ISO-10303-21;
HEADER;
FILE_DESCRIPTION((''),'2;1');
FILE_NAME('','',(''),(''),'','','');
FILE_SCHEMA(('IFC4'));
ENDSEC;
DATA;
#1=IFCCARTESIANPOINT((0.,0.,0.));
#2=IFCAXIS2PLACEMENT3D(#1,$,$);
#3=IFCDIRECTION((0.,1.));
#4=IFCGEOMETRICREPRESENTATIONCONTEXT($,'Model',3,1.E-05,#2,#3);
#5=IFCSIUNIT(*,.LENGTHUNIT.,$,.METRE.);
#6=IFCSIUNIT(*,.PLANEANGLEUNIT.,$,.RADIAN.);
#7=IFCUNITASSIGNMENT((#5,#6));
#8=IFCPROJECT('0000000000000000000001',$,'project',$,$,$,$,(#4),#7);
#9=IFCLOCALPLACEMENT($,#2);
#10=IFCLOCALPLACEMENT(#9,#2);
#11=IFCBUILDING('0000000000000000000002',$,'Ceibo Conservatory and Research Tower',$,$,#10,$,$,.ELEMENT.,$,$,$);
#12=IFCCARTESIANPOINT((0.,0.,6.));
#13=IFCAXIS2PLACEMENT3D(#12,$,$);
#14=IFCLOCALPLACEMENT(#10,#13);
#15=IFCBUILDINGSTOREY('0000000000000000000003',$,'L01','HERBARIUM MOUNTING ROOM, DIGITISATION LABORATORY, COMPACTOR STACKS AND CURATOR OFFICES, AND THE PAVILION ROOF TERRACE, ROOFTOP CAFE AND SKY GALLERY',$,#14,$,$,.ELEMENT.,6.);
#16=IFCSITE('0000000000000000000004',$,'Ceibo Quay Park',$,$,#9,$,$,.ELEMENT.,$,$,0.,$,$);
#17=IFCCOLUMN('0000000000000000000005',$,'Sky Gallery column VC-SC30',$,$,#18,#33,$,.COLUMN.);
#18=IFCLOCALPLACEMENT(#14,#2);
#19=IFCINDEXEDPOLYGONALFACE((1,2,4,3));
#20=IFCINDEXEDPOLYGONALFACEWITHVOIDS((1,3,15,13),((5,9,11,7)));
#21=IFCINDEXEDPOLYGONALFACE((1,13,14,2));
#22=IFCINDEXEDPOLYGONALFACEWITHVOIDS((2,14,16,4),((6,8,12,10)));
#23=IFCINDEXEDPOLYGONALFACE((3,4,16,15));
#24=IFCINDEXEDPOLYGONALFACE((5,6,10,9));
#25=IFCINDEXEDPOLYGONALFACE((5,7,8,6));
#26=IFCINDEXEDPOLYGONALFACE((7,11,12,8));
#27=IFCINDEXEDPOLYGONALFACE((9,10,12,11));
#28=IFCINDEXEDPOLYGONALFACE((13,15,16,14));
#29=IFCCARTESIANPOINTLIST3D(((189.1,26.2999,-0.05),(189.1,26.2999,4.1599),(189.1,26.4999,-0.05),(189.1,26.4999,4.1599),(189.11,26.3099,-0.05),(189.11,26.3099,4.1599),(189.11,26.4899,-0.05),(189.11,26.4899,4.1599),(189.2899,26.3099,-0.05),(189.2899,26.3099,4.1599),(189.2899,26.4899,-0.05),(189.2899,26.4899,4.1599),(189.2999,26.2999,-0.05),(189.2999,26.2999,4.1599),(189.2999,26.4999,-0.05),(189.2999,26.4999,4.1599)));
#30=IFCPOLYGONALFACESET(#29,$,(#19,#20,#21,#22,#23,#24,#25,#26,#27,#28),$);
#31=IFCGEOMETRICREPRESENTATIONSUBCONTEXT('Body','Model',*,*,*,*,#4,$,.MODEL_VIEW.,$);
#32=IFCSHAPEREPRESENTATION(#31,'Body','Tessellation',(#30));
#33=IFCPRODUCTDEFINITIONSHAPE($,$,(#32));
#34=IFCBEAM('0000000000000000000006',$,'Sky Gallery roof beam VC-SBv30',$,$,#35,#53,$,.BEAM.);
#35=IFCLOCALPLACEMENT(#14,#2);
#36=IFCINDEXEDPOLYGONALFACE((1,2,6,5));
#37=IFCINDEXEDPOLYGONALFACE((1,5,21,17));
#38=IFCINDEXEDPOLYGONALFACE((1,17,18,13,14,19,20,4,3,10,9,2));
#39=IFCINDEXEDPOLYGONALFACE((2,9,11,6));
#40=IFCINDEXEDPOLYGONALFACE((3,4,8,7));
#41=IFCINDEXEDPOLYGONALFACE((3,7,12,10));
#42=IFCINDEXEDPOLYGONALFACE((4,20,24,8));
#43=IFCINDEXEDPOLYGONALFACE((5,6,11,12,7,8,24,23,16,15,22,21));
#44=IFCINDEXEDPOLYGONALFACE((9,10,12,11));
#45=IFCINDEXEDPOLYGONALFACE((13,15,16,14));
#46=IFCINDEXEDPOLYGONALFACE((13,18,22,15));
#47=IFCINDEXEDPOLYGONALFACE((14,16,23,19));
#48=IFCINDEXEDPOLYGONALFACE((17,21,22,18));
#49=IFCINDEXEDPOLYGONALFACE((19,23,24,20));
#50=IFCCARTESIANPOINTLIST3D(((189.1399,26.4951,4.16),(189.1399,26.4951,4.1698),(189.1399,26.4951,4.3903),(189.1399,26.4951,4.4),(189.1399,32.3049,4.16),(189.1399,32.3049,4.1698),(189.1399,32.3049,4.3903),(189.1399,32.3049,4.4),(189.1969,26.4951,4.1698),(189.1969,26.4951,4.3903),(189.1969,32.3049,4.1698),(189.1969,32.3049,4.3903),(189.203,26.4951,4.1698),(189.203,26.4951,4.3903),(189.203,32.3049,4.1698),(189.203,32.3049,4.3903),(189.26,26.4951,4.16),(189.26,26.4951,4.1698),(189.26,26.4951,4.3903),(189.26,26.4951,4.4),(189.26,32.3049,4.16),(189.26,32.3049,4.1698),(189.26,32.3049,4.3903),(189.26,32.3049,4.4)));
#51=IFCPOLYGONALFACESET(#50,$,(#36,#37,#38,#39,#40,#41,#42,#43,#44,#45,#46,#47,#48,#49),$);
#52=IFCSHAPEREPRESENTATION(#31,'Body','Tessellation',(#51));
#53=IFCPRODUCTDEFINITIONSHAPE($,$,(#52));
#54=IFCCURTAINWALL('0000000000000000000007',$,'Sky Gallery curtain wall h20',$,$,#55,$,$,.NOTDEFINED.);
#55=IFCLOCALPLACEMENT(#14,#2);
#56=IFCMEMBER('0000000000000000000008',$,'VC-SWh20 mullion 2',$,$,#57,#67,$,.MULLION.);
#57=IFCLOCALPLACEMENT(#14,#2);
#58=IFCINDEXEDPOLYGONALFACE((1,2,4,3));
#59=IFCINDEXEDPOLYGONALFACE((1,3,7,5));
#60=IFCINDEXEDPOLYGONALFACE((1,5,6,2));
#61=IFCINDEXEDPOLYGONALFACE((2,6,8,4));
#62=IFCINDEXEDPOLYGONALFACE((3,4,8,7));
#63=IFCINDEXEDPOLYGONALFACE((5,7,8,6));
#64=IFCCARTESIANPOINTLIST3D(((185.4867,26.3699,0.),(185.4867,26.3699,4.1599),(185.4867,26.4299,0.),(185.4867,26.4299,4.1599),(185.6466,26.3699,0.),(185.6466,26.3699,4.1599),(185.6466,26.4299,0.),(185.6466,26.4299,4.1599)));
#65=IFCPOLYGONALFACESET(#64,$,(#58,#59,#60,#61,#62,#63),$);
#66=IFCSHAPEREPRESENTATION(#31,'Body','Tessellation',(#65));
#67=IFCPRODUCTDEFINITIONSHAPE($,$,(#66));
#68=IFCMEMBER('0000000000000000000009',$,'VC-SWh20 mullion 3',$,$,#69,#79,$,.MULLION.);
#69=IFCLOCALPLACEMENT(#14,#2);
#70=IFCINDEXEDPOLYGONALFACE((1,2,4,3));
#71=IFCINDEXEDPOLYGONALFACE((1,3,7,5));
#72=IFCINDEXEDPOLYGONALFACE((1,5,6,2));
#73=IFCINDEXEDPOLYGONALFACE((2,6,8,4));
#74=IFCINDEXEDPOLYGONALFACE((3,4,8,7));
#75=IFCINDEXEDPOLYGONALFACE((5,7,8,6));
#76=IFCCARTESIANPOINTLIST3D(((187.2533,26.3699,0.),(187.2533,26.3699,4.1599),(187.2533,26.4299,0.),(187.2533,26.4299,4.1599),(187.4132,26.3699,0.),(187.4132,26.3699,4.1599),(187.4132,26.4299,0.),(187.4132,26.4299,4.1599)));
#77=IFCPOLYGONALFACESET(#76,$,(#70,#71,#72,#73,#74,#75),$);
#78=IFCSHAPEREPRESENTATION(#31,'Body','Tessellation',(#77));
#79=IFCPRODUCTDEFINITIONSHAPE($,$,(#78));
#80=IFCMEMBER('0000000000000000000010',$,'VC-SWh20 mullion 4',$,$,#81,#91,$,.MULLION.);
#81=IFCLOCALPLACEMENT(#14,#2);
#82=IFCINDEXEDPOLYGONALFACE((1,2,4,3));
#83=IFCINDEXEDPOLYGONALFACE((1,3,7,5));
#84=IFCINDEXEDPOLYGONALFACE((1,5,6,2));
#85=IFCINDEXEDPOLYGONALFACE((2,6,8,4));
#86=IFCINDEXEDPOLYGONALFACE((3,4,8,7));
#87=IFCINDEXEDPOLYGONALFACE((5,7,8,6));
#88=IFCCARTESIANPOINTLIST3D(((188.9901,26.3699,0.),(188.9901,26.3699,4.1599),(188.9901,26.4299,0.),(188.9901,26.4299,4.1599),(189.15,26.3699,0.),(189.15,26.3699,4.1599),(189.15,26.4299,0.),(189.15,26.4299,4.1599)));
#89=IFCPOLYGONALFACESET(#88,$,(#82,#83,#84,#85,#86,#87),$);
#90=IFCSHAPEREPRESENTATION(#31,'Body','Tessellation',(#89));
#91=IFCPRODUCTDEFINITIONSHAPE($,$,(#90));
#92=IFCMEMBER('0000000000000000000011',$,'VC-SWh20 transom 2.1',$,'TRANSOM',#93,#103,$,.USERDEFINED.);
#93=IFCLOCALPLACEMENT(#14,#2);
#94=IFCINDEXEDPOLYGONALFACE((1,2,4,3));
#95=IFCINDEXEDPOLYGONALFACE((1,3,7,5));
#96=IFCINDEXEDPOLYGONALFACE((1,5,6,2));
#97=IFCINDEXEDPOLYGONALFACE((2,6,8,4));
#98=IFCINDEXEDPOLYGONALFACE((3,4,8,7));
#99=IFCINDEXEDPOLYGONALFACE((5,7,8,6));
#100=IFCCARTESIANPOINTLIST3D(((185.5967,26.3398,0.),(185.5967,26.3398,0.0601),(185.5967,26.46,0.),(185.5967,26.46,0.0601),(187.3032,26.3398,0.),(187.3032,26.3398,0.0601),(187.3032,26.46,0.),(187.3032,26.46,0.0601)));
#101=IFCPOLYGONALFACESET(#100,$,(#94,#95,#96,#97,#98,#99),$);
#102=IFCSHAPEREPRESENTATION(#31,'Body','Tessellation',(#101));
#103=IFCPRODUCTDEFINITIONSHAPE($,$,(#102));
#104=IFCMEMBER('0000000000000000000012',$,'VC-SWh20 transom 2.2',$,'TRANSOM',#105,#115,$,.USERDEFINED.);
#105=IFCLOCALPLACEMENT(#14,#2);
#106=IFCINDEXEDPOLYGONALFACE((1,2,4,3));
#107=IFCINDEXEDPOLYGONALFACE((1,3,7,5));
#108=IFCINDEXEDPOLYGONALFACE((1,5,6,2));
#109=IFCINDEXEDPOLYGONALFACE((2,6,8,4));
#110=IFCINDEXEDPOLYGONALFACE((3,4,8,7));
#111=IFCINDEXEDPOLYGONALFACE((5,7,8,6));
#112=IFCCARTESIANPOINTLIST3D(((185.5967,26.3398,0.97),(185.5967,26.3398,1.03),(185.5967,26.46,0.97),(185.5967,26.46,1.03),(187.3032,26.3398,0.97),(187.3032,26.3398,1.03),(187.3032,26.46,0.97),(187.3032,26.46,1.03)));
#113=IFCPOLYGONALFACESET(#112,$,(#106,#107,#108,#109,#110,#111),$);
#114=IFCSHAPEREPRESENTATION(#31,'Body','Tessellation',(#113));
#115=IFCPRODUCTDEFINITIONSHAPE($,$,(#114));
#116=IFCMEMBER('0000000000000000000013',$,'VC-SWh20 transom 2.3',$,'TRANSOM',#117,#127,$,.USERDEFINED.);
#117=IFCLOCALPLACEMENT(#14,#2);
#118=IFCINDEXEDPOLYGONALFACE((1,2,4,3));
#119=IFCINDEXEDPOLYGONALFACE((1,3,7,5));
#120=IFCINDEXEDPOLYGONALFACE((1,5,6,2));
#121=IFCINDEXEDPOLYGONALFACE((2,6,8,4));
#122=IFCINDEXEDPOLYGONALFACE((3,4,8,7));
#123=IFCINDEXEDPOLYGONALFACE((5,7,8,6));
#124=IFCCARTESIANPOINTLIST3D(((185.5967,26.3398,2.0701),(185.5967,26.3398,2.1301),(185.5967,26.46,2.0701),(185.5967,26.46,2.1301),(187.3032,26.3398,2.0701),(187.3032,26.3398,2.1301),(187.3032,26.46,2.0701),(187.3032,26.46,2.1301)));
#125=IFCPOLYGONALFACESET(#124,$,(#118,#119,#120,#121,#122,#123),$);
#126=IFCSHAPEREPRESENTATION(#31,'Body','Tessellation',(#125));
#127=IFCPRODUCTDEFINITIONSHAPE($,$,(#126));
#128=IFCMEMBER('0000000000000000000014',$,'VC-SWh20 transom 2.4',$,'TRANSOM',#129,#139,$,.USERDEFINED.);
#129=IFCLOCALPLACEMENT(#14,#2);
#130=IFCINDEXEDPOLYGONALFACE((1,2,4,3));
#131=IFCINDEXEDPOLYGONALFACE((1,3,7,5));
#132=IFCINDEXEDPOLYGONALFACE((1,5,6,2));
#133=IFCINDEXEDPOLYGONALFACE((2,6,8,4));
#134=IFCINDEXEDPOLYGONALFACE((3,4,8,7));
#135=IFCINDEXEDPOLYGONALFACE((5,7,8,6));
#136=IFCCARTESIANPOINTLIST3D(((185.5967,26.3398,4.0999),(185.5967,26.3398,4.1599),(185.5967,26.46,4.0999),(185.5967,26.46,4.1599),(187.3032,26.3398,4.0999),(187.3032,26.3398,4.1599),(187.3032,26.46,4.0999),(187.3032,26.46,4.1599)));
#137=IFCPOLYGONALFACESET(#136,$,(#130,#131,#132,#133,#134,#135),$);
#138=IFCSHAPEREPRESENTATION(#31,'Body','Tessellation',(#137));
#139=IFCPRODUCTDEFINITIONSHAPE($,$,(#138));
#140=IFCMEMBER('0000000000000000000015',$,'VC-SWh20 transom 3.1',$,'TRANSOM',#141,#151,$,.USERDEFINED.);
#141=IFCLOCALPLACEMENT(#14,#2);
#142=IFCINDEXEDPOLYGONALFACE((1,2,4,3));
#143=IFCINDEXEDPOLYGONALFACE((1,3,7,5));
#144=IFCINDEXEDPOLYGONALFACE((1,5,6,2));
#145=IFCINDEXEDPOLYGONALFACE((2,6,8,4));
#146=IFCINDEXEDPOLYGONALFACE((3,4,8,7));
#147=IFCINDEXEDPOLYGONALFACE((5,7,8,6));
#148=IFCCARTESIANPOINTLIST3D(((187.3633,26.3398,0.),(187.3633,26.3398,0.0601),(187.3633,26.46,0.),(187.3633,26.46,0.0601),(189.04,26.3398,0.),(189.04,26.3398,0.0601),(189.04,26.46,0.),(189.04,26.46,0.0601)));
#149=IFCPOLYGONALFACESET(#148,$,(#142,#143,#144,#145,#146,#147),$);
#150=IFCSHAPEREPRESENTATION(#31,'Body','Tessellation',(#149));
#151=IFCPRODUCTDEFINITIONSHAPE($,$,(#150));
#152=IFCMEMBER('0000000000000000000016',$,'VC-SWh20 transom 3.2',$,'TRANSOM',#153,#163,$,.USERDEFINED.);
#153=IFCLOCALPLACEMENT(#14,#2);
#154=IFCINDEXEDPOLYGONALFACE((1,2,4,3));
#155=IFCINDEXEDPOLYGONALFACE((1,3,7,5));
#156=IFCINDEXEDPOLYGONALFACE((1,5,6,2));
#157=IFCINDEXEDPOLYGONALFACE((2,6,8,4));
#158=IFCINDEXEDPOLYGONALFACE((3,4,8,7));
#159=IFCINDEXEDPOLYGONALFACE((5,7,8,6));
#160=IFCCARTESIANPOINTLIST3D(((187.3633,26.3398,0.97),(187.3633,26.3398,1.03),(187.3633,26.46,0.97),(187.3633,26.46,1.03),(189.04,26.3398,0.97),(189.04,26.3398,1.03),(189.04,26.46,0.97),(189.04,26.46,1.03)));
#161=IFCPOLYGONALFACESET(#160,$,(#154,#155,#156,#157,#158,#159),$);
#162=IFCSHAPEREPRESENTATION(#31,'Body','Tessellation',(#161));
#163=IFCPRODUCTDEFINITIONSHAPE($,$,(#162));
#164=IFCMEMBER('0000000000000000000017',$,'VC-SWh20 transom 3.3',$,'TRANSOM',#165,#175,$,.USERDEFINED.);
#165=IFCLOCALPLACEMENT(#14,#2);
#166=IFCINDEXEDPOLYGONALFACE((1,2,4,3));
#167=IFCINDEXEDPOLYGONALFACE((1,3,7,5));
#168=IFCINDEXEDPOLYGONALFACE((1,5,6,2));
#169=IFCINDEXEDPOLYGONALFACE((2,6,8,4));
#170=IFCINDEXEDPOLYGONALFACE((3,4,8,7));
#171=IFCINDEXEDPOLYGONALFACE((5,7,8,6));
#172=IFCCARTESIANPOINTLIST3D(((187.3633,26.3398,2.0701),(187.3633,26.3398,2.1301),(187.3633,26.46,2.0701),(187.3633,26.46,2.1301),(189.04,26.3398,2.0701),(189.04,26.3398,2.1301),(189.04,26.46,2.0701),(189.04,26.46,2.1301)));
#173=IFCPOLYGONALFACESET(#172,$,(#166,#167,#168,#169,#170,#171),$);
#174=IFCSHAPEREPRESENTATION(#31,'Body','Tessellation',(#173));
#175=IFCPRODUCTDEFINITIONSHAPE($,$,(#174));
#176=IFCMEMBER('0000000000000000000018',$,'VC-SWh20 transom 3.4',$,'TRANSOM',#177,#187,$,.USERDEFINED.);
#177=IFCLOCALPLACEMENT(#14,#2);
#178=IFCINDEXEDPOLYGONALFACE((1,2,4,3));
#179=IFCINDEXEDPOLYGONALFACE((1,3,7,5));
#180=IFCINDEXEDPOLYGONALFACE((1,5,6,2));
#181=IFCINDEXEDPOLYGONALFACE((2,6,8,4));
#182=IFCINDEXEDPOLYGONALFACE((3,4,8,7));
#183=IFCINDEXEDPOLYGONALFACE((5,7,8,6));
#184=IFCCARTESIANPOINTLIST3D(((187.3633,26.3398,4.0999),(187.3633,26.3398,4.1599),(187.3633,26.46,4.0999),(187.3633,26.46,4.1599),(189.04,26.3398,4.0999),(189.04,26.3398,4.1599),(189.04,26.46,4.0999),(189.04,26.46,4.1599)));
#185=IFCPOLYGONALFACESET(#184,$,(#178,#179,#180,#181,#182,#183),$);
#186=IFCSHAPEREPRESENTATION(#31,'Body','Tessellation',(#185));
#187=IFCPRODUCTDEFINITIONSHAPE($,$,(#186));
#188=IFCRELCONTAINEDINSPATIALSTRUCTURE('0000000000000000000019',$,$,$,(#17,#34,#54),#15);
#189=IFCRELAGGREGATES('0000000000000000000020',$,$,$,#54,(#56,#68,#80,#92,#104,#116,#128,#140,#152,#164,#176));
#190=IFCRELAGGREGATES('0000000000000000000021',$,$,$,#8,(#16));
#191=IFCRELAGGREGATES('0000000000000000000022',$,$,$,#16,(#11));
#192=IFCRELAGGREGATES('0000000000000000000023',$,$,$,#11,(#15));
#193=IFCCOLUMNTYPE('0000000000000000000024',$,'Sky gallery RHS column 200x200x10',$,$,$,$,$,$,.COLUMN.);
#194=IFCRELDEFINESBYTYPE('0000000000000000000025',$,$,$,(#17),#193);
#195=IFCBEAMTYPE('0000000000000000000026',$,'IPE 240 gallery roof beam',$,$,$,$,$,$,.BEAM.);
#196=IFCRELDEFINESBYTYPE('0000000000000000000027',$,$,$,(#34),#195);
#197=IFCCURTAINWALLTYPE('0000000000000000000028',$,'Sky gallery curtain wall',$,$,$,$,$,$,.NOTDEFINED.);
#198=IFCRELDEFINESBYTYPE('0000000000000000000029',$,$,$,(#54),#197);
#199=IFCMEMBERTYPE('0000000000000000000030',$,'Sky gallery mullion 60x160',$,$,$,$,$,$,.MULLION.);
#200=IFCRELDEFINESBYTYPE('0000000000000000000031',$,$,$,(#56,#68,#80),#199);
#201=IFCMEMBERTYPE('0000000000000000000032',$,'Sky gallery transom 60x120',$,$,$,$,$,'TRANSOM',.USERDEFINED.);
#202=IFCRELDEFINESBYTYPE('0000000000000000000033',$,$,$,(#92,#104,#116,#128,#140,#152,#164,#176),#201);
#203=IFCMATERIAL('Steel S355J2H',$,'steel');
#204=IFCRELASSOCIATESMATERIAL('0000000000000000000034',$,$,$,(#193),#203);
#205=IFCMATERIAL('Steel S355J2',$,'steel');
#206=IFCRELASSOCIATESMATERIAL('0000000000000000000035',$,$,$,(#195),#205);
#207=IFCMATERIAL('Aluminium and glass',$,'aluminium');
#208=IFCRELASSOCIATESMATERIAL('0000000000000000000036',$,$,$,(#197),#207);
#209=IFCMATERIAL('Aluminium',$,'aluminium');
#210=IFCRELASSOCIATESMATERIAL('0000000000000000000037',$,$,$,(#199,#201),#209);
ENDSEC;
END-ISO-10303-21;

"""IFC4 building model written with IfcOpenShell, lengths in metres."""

from ifc_helpers import new_model, si_unit, direction, frame, origin, origin_2d, place, context, subcontext, project, spatial, rectangle, hollow_rectangle, i_section, extrude, material, material_profile, profile_set, type_object, element, aggregate, save


model = new_model("IFC4")

# Units and contexts
model_context = context("Model", 3, precision=1e-05, world=origin(), true_north=direction((0.0, 1.0)))
body_context = subcontext(model_context, "Body", "Model", "MODEL_VIEW")
ifc_project = project(units=[si_unit("LENGTHUNIT", "METRE"), si_unit("PLANEANGLEUNIT", "RADIAN")], contexts=[model_context])

# Site, building, storey
site_placement = place(None, origin())
site = spatial("IfcSite", under=ifc_project, at=site_placement, Name="Ceibo Quay Park", CompositionType="ELEMENT", RefElevation=0.0)
building_placement = place(site_placement, origin())
building = spatial("IfcBuilding", under=site, at=building_placement, Name="Ceibo Conservatory and Research Tower", CompositionType="ELEMENT")
storey_placement = place(building_placement, frame((0.0, 0.0, 6.0)))
storey = spatial("IfcBuildingStorey", under=building, at=storey_placement, Name="L01", Description="HERBARIUM MOUNTING ROOM, DIGITISATION LABORATORY, COMPACTOR STACKS AND CURATOR OFFICES, AND THE PAVILION ROOF TERRACE, ROOFTOP CAFE AND SKY GALLERY", CompositionType="ELEMENT", Elevation=6.0)

# Column
ifc_material_1 = material(Name="Steel S355J2H", Category="steel")
ifc_material_profile_1 = material_profile(ifc_material_1, hollow_rectangle(XDim=0.2, YDim=0.2, WallThickness=0.01, at=origin_2d()), Name="Sky gallery RHS column 200x200x10")
ifc_profile_set_1 = profile_set([ifc_material_profile_1], Name="Steel S355J2H")
column_type = type_object("IfcColumnType", Name="Sky gallery RHS column 200x200x10", PredefinedType="COLUMN", material=ifc_profile_set_1)
column_placement = place(storey_placement, frame((189.2, 26.3999, -0.05), z_axis=(0.0, 0.0, 1.0), x_axis=(1.0, 0.0, 0.0)))
element("IfcColumn", 1, at=column_placement, inside=storey, type_object=column_type, Name="Sky Gallery column VC-SC30", PredefinedType="COLUMN", context=body_context, shape_type="SweptSolid", body=[
    extrude(hollow_rectangle(XDim=0.2, YDim=0.2, WallThickness=0.01, at=origin_2d()), origin(), (0.0, 0.0, 1.0), 4.21),
])

# Beam
ifc_material_2 = material(Name="Steel S355J2", Category="steel")
ifc_material_profile_2 = material_profile(ifc_material_2, i_section(OverallWidth=0.1201, OverallDepth=0.24, WebThickness=0.0061, FlangeThickness=0.0098, at=origin_2d()), Name="IPE 240")
ifc_profile_set_2 = profile_set([ifc_material_profile_2], Name="Steel S355J2")
beam_type = type_object("IfcBeamType", Name="IPE 240 gallery roof beam", PredefinedType="BEAM", material=ifc_profile_set_2)
beam_placement = place(storey_placement, frame((189.2, 26.4951, 4.28), z_axis=(0.0, 1.0, 0.0), x_axis=(-1.0, 0.0, 0.0)))
element("IfcBeam", 2, at=beam_placement, inside=storey, type_object=beam_type, Name="Sky Gallery roof beam VC-SBv30", PredefinedType="BEAM", context=body_context, shape_type="SweptSolid", body=[
    extrude(i_section(OverallWidth=0.1201, OverallDepth=0.24, WebThickness=0.0061, FlangeThickness=0.0098, at=origin_2d()), origin(), (0.0, 0.0, 1.0), 5.8098),
])

# Curtain wall, members
ifc_material_3 = material(Name="Aluminium and glass", Category="aluminium")
curtain_wall_type = type_object("IfcCurtainWallType", Name="Sky gallery curtain wall", PredefinedType="NOTDEFINED", material=ifc_material_3)
curtain_wall_placement = place(storey_placement, origin())
curtain_wall = element("IfcCurtainWall", 3, at=curtain_wall_placement, inside=storey, type_object=curtain_wall_type, Name="Sky Gallery curtain wall h20", PredefinedType="NOTDEFINED")
ifc_material_4 = material(Name="Aluminium", Category="aluminium")
ifc_material_profile_3 = material_profile(ifc_material_4, rectangle(XDim=0.0601, YDim=0.1599, at=origin_2d()), Name="AL 60x160")
ifc_profile_set_3 = profile_set([ifc_material_profile_3], Name="Aluminium")
member_type_1 = type_object("IfcMemberType", Name="Sky gallery mullion 60x160", PredefinedType="MULLION", material=ifc_profile_set_3)
member_1_placement = place(storey_placement, frame((185.5667, 26.3999, 0.0), z_axis=(0.0, 0.0, 1.0), x_axis=(0.0, 1.0, 0.0)))
member_1 = element("IfcMember", 4, at=member_1_placement, type_object=member_type_1, Name="VC-SWh20 mullion 2", PredefinedType="MULLION", context=body_context, shape_type="SweptSolid", body=[
    extrude(rectangle(XDim=0.0601, YDim=0.1599, at=origin_2d()), origin(), (0.0, 0.0, 1.0), 4.1599),
])
member_2_placement = place(storey_placement, frame((187.3333, 26.3999, 0.0), z_axis=(0.0, 0.0, 1.0), x_axis=(0.0, 1.0, 0.0)))
member_2 = element("IfcMember", 5, at=member_2_placement, type_object=member_type_1, Name="VC-SWh20 mullion 3", PredefinedType="MULLION", context=body_context, shape_type="SweptSolid", body=[
    extrude(rectangle(XDim=0.0601, YDim=0.1599, at=origin_2d()), origin(), (0.0, 0.0, 1.0), 4.1599),
])
member_3_placement = place(storey_placement, frame((189.0701, 26.3999, 0.0), z_axis=(0.0, 0.0, 1.0), x_axis=(0.0, 1.0, 0.0)))
member_3 = element("IfcMember", 6, at=member_3_placement, type_object=member_type_1, Name="VC-SWh20 mullion 4", PredefinedType="MULLION", context=body_context, shape_type="SweptSolid", body=[
    extrude(rectangle(XDim=0.0601, YDim=0.1599, at=origin_2d()), origin(), (0.0, 0.0, 1.0), 4.1599),
])
ifc_material_profile_4 = material_profile(ifc_material_4, rectangle(XDim=0.1201, YDim=0.0601, at=origin_2d()), Name="AL 60x120")
ifc_profile_set_4 = profile_set([ifc_material_profile_4], Name="Aluminium")
member_type_2 = type_object("IfcMemberType", Name="Sky gallery transom 60x120", ElementType="TRANSOM", PredefinedType="USERDEFINED", material=ifc_profile_set_4)
member_4_placement = place(storey_placement, frame((185.5967, 26.3999, 0.03), z_axis=(1.0, 0.0, 0.0), x_axis=(0.0, 1.0, 0.0)))
member_4 = element("IfcMember", 7, at=member_4_placement, type_object=member_type_2, Name="VC-SWh20 transom 2.1", ObjectType="TRANSOM", PredefinedType="USERDEFINED", context=body_context, shape_type="SweptSolid", body=[
    extrude(rectangle(XDim=0.1201, YDim=0.0601, at=origin_2d()), origin(), (0.0, 0.0, 1.0), 1.7065),
])
member_5_placement = place(storey_placement, frame((185.5967, 26.3999, 1.0), z_axis=(1.0, 0.0, 0.0), x_axis=(0.0, 1.0, 0.0)))
member_5 = element("IfcMember", 8, at=member_5_placement, type_object=member_type_2, Name="VC-SWh20 transom 2.2", ObjectType="TRANSOM", PredefinedType="USERDEFINED", context=body_context, shape_type="SweptSolid", body=[
    extrude(rectangle(XDim=0.1201, YDim=0.0601, at=origin_2d()), origin(), (0.0, 0.0, 1.0), 1.7065),
])
member_6_placement = place(storey_placement, frame((185.5967, 26.3999, 2.1001), z_axis=(1.0, 0.0, 0.0), x_axis=(0.0, 1.0, 0.0)))
member_6 = element("IfcMember", 9, at=member_6_placement, type_object=member_type_2, Name="VC-SWh20 transom 2.3", ObjectType="TRANSOM", PredefinedType="USERDEFINED", context=body_context, shape_type="SweptSolid", body=[
    extrude(rectangle(XDim=0.1201, YDim=0.0601, at=origin_2d()), origin(), (0.0, 0.0, 1.0), 1.7065),
])
member_7_placement = place(storey_placement, frame((185.5967, 26.3999, 4.1299), z_axis=(1.0, 0.0, 0.0), x_axis=(0.0, 1.0, 0.0)))
member_7 = element("IfcMember", 10, at=member_7_placement, type_object=member_type_2, Name="VC-SWh20 transom 2.4", ObjectType="TRANSOM", PredefinedType="USERDEFINED", context=body_context, shape_type="SweptSolid", body=[
    extrude(rectangle(XDim=0.1201, YDim=0.0601, at=origin_2d()), origin(), (0.0, 0.0, 1.0), 1.7065),
])
member_8_placement = place(storey_placement, frame((187.3633, 26.3999, 0.03), z_axis=(1.0, 0.0, 0.0), x_axis=(0.0, 1.0, 0.0)))
member_8 = element("IfcMember", 11, at=member_8_placement, type_object=member_type_2, Name="VC-SWh20 transom 3.1", ObjectType="TRANSOM", PredefinedType="USERDEFINED", context=body_context, shape_type="SweptSolid", body=[
    extrude(rectangle(XDim=0.1201, YDim=0.0601, at=origin_2d()), origin(), (0.0, 0.0, 1.0), 1.6768),
])
member_9_placement = place(storey_placement, frame((187.3633, 26.3999, 1.0), z_axis=(1.0, 0.0, 0.0), x_axis=(0.0, 1.0, 0.0)))
member_9 = element("IfcMember", 12, at=member_9_placement, type_object=member_type_2, Name="VC-SWh20 transom 3.2", ObjectType="TRANSOM", PredefinedType="USERDEFINED", context=body_context, shape_type="SweptSolid", body=[
    extrude(rectangle(XDim=0.1201, YDim=0.0601, at=origin_2d()), origin(), (0.0, 0.0, 1.0), 1.6768),
])
member_10_placement = place(storey_placement, frame((187.3633, 26.3999, 2.1001), z_axis=(1.0, 0.0, 0.0), x_axis=(0.0, 1.0, 0.0)))
member_10 = element("IfcMember", 13, at=member_10_placement, type_object=member_type_2, Name="VC-SWh20 transom 3.3", ObjectType="TRANSOM", PredefinedType="USERDEFINED", context=body_context, shape_type="SweptSolid", body=[
    extrude(rectangle(XDim=0.1201, YDim=0.0601, at=origin_2d()), origin(), (0.0, 0.0, 1.0), 1.6768),
])
member_11_placement = place(storey_placement, frame((187.3633, 26.3999, 4.1299), z_axis=(1.0, 0.0, 0.0), x_axis=(0.0, 1.0, 0.0)))
member_11 = element("IfcMember", 14, at=member_11_placement, type_object=member_type_2, Name="VC-SWh20 transom 3.4", ObjectType="TRANSOM", PredefinedType="USERDEFINED", context=body_context, shape_type="SweptSolid", body=[
    extrude(rectangle(XDim=0.1201, YDim=0.0601, at=origin_2d()), origin(), (0.0, 0.0, 1.0), 1.6768),
])
aggregate(curtain_wall, [member_1, member_2, member_3, member_4, member_5, member_6, member_7, member_8, member_9, member_10, member_11])

save(model, "model.ifc")
